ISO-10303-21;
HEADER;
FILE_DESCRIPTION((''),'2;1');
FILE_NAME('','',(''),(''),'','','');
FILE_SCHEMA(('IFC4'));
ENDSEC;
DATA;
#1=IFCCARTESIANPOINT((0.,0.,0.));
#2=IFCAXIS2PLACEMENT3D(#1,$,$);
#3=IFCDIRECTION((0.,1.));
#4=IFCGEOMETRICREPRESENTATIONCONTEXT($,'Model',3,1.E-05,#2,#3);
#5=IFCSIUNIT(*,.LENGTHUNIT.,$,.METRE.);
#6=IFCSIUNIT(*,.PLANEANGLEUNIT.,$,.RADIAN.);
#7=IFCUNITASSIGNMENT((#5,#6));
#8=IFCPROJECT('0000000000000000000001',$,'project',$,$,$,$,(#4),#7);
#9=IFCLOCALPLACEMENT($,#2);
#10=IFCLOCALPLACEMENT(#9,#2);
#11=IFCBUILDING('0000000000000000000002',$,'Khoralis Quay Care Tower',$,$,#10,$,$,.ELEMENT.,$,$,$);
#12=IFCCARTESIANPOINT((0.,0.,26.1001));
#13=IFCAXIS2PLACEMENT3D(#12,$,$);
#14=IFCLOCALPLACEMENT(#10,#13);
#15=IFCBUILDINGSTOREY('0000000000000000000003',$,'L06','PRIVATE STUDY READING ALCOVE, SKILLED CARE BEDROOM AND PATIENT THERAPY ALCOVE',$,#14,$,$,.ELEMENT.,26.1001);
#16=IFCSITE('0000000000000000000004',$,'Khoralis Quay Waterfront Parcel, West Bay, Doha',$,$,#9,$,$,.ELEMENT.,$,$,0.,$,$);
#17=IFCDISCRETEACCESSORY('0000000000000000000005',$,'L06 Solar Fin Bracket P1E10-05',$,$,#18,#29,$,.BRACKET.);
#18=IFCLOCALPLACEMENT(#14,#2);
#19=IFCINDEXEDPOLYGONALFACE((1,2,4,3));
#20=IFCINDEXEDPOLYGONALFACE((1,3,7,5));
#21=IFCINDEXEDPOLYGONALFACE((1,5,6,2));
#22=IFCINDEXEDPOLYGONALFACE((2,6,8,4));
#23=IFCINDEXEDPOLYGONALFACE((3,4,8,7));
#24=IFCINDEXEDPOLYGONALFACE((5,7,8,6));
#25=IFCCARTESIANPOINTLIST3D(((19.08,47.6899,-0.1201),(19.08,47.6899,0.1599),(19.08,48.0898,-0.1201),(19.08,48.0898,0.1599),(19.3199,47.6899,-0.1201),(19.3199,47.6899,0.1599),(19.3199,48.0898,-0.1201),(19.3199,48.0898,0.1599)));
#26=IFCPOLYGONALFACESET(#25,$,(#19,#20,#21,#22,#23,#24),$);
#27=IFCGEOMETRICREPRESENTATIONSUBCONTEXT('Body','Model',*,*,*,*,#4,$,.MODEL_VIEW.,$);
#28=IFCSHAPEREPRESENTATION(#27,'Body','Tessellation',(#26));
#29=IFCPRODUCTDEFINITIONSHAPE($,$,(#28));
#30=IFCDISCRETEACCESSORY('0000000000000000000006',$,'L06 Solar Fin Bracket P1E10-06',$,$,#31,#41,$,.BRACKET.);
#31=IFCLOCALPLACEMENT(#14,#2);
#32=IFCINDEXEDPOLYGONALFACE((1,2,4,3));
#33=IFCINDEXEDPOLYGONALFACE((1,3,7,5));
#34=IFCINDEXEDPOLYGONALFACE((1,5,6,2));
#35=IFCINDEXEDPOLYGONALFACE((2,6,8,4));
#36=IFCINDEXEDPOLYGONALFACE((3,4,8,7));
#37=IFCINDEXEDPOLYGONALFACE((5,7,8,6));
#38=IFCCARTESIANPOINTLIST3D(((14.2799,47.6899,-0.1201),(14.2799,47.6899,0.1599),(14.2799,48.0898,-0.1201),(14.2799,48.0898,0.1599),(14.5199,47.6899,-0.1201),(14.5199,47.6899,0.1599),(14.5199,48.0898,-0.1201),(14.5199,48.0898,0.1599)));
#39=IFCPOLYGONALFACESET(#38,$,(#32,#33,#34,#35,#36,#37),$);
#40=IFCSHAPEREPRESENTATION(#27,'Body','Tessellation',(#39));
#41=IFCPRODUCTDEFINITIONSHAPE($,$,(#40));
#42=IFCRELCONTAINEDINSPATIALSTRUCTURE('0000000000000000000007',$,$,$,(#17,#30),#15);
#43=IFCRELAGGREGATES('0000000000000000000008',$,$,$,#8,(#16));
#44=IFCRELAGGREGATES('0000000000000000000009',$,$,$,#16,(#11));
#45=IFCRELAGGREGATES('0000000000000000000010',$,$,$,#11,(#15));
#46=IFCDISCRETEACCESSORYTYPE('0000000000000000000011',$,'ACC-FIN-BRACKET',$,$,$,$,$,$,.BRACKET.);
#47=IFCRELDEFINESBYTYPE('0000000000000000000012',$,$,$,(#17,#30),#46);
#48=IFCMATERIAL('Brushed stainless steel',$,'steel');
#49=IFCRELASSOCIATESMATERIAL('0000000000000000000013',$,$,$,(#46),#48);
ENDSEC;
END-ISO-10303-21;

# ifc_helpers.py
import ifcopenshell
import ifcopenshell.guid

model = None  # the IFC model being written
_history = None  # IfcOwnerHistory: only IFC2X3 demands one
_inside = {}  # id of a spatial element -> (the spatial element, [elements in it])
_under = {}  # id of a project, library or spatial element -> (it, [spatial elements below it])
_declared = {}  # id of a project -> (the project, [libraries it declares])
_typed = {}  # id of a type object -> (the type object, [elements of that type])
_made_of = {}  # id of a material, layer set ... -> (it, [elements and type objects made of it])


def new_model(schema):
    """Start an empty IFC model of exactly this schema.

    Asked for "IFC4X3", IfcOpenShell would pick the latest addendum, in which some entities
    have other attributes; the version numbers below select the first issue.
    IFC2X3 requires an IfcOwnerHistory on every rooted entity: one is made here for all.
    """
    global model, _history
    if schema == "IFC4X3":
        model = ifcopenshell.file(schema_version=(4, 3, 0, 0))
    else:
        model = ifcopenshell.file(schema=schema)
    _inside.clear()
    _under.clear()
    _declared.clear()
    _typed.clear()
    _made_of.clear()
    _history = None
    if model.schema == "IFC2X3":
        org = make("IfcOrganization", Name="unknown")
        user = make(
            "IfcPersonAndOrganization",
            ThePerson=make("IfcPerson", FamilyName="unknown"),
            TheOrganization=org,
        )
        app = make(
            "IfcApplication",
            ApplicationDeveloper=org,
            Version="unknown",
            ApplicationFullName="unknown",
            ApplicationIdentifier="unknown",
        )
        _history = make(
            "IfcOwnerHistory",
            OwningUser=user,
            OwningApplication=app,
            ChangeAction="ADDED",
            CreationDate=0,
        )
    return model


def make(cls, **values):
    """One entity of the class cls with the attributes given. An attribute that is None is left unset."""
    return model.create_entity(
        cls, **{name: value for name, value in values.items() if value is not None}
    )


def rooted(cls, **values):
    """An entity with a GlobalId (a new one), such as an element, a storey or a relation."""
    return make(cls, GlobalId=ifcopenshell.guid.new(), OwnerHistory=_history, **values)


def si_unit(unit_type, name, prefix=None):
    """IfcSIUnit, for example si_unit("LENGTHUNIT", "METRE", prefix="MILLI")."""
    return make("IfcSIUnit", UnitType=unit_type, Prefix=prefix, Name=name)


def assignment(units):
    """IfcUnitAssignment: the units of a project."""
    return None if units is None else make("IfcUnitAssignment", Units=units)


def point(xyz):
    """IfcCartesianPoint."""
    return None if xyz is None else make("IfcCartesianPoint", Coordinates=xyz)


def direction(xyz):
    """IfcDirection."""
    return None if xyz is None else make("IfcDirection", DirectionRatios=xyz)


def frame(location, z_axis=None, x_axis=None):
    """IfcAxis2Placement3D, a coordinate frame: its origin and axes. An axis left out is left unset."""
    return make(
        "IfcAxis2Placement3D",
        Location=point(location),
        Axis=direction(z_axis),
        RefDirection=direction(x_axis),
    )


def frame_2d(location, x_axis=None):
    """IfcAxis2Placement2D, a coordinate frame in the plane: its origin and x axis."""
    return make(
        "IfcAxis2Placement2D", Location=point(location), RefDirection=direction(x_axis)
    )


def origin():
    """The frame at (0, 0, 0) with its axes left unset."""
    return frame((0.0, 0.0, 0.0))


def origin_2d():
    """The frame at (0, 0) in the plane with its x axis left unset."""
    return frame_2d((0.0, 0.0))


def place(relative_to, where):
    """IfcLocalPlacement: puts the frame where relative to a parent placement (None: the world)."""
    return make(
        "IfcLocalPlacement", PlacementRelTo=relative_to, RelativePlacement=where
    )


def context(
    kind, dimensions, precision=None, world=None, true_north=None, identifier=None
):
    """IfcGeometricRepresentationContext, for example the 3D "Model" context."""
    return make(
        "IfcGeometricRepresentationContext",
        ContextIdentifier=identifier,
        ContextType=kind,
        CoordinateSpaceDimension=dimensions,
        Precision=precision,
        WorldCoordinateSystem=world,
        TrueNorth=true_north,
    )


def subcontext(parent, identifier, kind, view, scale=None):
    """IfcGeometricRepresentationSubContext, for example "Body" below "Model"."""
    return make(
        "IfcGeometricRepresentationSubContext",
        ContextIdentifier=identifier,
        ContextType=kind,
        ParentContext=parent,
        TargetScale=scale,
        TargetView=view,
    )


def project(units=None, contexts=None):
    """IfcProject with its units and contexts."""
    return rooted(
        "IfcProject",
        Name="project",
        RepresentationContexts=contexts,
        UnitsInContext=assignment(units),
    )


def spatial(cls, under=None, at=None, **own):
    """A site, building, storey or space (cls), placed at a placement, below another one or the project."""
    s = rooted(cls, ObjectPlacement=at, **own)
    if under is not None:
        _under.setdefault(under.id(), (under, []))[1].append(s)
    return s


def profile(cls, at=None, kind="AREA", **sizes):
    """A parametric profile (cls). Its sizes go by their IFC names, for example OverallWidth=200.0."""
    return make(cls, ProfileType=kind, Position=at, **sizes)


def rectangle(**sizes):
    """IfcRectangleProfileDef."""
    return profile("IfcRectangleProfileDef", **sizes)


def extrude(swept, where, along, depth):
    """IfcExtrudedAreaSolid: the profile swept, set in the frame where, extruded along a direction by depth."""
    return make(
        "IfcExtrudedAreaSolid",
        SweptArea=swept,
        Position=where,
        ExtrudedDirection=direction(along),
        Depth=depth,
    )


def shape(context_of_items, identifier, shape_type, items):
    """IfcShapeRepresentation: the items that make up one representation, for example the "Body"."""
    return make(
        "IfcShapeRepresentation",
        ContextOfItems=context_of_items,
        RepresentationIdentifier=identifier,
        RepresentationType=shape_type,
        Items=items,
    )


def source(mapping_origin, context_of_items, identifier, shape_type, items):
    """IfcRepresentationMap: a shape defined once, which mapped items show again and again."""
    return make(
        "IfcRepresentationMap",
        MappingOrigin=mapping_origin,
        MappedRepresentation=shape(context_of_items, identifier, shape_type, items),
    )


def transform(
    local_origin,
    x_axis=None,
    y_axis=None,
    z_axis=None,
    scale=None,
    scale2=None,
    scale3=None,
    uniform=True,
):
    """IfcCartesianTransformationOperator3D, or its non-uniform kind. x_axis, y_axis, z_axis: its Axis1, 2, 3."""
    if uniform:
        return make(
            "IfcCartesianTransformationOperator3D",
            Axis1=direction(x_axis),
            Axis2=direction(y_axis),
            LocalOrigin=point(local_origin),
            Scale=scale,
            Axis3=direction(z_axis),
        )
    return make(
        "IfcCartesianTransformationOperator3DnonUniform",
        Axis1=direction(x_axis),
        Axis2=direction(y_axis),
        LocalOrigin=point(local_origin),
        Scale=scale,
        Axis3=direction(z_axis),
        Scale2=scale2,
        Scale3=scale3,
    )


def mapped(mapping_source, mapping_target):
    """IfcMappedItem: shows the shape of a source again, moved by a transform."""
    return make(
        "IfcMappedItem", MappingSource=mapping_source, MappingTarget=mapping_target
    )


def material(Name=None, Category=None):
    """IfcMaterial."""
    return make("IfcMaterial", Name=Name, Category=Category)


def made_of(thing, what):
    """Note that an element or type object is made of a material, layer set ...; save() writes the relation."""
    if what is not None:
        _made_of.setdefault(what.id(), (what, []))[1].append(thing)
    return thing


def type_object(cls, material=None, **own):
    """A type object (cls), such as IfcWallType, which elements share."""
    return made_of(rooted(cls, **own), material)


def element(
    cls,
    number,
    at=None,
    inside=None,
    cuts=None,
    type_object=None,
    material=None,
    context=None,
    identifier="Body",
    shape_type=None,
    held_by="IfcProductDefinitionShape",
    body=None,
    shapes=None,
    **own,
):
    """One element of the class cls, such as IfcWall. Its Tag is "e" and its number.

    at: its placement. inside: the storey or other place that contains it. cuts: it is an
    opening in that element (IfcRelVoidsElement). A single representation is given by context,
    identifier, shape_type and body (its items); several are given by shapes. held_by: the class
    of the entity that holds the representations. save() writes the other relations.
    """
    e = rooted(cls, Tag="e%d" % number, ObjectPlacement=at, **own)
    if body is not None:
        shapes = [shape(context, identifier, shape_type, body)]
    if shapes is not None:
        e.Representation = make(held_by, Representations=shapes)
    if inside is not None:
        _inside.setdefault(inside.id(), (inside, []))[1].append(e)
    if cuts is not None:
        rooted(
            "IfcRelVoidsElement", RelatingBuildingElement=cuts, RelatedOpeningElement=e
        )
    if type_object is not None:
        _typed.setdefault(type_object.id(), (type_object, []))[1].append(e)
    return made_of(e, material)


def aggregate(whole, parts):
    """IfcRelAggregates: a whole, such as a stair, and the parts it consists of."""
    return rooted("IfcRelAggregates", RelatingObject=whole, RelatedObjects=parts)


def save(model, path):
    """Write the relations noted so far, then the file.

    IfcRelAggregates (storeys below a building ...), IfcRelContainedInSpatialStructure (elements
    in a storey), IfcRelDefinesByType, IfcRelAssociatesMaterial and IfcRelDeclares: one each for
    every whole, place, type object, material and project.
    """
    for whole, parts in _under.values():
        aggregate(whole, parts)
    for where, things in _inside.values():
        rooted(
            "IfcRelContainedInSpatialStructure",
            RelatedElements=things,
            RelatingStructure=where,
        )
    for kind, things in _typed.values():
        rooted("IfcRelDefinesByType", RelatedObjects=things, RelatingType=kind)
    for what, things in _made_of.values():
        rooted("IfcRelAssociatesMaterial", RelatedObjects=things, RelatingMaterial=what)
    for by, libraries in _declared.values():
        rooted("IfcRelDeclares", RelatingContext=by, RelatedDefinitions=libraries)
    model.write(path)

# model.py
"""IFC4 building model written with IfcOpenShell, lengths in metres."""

from ifc_helpers import new_model, si_unit, direction, frame, origin, origin_2d, place, context, subcontext, project, spatial, rectangle, extrude, source, transform, mapped, material, type_object, element, save


model = new_model("IFC4")

# Units and contexts
model_context = context("Model", 3, precision=1e-05, world=origin(), true_north=direction((0.0, 1.0)))
body_context = subcontext(model_context, "Body", "Model", "MODEL_VIEW")
ifc_project = project(units=[si_unit("LENGTHUNIT", "METRE"), si_unit("PLANEANGLEUNIT", "RADIAN")], contexts=[model_context])

# Site, building, storey
site_placement = place(None, origin())
site = spatial("IfcSite", under=ifc_project, at=site_placement, Name="Khoralis Quay Waterfront Parcel, West Bay, Doha", CompositionType="ELEMENT", RefElevation=0.0)
building_placement = place(site_placement, origin())
building = spatial("IfcBuilding", under=site, at=building_placement, Name="Khoralis Quay Care Tower", CompositionType="ELEMENT")
storey_placement = place(building_placement, frame((0.0, 0.0, 26.1001)))
storey = spatial("IfcBuildingStorey", under=building, at=storey_placement, Name="L06", Description="PRIVATE STUDY READING ALCOVE, SKILLED CARE BEDROOM AND PATIENT THERAPY ALCOVE", CompositionType="ELEMENT", Elevation=26.1001)

# Discrete accessories
ifc_material_1 = material(Name="Brushed stainless steel", Category="steel")
discrete_accessory_type = type_object("IfcDiscreteAccessoryType", Name="ACC-FIN-BRACKET", PredefinedType="BRACKET", material=ifc_material_1)
shared_shape_1 = source(origin(), body_context, "Body", "SweptSolid", [
    extrude(rectangle(XDim=0.3999, YDim=0.24, at=origin_2d()), origin(), (0.0, 0.0, 1.0), 0.28),
])
for number, where, z_axis, x_axis, name in (
    (1, (19.2, 47.8899, -0.1201), (0.0, 0.0, 1.0), (0.0, 1.0, 0.0), "L06 Solar Fin Bracket P1E10-05"),
    (2, (14.3999, 47.8899, -0.1201), (0.0, 0.0, 1.0), (0.0, 1.0, 0.0), "L06 Solar Fin Bracket P1E10-06"),
):
    element("IfcDiscreteAccessory", number, at=place(storey_placement, frame(where, z_axis=z_axis, x_axis=x_axis)), inside=storey, type_object=discrete_accessory_type, Name=name, PredefinedType="BRACKET", context=body_context, shape_type="MappedRepresentation", body=[
        mapped(shared_shape_1, transform((0.0, 0.0, 0.0), scale=1.0)),
    ])

save(model, "model.ifc")
